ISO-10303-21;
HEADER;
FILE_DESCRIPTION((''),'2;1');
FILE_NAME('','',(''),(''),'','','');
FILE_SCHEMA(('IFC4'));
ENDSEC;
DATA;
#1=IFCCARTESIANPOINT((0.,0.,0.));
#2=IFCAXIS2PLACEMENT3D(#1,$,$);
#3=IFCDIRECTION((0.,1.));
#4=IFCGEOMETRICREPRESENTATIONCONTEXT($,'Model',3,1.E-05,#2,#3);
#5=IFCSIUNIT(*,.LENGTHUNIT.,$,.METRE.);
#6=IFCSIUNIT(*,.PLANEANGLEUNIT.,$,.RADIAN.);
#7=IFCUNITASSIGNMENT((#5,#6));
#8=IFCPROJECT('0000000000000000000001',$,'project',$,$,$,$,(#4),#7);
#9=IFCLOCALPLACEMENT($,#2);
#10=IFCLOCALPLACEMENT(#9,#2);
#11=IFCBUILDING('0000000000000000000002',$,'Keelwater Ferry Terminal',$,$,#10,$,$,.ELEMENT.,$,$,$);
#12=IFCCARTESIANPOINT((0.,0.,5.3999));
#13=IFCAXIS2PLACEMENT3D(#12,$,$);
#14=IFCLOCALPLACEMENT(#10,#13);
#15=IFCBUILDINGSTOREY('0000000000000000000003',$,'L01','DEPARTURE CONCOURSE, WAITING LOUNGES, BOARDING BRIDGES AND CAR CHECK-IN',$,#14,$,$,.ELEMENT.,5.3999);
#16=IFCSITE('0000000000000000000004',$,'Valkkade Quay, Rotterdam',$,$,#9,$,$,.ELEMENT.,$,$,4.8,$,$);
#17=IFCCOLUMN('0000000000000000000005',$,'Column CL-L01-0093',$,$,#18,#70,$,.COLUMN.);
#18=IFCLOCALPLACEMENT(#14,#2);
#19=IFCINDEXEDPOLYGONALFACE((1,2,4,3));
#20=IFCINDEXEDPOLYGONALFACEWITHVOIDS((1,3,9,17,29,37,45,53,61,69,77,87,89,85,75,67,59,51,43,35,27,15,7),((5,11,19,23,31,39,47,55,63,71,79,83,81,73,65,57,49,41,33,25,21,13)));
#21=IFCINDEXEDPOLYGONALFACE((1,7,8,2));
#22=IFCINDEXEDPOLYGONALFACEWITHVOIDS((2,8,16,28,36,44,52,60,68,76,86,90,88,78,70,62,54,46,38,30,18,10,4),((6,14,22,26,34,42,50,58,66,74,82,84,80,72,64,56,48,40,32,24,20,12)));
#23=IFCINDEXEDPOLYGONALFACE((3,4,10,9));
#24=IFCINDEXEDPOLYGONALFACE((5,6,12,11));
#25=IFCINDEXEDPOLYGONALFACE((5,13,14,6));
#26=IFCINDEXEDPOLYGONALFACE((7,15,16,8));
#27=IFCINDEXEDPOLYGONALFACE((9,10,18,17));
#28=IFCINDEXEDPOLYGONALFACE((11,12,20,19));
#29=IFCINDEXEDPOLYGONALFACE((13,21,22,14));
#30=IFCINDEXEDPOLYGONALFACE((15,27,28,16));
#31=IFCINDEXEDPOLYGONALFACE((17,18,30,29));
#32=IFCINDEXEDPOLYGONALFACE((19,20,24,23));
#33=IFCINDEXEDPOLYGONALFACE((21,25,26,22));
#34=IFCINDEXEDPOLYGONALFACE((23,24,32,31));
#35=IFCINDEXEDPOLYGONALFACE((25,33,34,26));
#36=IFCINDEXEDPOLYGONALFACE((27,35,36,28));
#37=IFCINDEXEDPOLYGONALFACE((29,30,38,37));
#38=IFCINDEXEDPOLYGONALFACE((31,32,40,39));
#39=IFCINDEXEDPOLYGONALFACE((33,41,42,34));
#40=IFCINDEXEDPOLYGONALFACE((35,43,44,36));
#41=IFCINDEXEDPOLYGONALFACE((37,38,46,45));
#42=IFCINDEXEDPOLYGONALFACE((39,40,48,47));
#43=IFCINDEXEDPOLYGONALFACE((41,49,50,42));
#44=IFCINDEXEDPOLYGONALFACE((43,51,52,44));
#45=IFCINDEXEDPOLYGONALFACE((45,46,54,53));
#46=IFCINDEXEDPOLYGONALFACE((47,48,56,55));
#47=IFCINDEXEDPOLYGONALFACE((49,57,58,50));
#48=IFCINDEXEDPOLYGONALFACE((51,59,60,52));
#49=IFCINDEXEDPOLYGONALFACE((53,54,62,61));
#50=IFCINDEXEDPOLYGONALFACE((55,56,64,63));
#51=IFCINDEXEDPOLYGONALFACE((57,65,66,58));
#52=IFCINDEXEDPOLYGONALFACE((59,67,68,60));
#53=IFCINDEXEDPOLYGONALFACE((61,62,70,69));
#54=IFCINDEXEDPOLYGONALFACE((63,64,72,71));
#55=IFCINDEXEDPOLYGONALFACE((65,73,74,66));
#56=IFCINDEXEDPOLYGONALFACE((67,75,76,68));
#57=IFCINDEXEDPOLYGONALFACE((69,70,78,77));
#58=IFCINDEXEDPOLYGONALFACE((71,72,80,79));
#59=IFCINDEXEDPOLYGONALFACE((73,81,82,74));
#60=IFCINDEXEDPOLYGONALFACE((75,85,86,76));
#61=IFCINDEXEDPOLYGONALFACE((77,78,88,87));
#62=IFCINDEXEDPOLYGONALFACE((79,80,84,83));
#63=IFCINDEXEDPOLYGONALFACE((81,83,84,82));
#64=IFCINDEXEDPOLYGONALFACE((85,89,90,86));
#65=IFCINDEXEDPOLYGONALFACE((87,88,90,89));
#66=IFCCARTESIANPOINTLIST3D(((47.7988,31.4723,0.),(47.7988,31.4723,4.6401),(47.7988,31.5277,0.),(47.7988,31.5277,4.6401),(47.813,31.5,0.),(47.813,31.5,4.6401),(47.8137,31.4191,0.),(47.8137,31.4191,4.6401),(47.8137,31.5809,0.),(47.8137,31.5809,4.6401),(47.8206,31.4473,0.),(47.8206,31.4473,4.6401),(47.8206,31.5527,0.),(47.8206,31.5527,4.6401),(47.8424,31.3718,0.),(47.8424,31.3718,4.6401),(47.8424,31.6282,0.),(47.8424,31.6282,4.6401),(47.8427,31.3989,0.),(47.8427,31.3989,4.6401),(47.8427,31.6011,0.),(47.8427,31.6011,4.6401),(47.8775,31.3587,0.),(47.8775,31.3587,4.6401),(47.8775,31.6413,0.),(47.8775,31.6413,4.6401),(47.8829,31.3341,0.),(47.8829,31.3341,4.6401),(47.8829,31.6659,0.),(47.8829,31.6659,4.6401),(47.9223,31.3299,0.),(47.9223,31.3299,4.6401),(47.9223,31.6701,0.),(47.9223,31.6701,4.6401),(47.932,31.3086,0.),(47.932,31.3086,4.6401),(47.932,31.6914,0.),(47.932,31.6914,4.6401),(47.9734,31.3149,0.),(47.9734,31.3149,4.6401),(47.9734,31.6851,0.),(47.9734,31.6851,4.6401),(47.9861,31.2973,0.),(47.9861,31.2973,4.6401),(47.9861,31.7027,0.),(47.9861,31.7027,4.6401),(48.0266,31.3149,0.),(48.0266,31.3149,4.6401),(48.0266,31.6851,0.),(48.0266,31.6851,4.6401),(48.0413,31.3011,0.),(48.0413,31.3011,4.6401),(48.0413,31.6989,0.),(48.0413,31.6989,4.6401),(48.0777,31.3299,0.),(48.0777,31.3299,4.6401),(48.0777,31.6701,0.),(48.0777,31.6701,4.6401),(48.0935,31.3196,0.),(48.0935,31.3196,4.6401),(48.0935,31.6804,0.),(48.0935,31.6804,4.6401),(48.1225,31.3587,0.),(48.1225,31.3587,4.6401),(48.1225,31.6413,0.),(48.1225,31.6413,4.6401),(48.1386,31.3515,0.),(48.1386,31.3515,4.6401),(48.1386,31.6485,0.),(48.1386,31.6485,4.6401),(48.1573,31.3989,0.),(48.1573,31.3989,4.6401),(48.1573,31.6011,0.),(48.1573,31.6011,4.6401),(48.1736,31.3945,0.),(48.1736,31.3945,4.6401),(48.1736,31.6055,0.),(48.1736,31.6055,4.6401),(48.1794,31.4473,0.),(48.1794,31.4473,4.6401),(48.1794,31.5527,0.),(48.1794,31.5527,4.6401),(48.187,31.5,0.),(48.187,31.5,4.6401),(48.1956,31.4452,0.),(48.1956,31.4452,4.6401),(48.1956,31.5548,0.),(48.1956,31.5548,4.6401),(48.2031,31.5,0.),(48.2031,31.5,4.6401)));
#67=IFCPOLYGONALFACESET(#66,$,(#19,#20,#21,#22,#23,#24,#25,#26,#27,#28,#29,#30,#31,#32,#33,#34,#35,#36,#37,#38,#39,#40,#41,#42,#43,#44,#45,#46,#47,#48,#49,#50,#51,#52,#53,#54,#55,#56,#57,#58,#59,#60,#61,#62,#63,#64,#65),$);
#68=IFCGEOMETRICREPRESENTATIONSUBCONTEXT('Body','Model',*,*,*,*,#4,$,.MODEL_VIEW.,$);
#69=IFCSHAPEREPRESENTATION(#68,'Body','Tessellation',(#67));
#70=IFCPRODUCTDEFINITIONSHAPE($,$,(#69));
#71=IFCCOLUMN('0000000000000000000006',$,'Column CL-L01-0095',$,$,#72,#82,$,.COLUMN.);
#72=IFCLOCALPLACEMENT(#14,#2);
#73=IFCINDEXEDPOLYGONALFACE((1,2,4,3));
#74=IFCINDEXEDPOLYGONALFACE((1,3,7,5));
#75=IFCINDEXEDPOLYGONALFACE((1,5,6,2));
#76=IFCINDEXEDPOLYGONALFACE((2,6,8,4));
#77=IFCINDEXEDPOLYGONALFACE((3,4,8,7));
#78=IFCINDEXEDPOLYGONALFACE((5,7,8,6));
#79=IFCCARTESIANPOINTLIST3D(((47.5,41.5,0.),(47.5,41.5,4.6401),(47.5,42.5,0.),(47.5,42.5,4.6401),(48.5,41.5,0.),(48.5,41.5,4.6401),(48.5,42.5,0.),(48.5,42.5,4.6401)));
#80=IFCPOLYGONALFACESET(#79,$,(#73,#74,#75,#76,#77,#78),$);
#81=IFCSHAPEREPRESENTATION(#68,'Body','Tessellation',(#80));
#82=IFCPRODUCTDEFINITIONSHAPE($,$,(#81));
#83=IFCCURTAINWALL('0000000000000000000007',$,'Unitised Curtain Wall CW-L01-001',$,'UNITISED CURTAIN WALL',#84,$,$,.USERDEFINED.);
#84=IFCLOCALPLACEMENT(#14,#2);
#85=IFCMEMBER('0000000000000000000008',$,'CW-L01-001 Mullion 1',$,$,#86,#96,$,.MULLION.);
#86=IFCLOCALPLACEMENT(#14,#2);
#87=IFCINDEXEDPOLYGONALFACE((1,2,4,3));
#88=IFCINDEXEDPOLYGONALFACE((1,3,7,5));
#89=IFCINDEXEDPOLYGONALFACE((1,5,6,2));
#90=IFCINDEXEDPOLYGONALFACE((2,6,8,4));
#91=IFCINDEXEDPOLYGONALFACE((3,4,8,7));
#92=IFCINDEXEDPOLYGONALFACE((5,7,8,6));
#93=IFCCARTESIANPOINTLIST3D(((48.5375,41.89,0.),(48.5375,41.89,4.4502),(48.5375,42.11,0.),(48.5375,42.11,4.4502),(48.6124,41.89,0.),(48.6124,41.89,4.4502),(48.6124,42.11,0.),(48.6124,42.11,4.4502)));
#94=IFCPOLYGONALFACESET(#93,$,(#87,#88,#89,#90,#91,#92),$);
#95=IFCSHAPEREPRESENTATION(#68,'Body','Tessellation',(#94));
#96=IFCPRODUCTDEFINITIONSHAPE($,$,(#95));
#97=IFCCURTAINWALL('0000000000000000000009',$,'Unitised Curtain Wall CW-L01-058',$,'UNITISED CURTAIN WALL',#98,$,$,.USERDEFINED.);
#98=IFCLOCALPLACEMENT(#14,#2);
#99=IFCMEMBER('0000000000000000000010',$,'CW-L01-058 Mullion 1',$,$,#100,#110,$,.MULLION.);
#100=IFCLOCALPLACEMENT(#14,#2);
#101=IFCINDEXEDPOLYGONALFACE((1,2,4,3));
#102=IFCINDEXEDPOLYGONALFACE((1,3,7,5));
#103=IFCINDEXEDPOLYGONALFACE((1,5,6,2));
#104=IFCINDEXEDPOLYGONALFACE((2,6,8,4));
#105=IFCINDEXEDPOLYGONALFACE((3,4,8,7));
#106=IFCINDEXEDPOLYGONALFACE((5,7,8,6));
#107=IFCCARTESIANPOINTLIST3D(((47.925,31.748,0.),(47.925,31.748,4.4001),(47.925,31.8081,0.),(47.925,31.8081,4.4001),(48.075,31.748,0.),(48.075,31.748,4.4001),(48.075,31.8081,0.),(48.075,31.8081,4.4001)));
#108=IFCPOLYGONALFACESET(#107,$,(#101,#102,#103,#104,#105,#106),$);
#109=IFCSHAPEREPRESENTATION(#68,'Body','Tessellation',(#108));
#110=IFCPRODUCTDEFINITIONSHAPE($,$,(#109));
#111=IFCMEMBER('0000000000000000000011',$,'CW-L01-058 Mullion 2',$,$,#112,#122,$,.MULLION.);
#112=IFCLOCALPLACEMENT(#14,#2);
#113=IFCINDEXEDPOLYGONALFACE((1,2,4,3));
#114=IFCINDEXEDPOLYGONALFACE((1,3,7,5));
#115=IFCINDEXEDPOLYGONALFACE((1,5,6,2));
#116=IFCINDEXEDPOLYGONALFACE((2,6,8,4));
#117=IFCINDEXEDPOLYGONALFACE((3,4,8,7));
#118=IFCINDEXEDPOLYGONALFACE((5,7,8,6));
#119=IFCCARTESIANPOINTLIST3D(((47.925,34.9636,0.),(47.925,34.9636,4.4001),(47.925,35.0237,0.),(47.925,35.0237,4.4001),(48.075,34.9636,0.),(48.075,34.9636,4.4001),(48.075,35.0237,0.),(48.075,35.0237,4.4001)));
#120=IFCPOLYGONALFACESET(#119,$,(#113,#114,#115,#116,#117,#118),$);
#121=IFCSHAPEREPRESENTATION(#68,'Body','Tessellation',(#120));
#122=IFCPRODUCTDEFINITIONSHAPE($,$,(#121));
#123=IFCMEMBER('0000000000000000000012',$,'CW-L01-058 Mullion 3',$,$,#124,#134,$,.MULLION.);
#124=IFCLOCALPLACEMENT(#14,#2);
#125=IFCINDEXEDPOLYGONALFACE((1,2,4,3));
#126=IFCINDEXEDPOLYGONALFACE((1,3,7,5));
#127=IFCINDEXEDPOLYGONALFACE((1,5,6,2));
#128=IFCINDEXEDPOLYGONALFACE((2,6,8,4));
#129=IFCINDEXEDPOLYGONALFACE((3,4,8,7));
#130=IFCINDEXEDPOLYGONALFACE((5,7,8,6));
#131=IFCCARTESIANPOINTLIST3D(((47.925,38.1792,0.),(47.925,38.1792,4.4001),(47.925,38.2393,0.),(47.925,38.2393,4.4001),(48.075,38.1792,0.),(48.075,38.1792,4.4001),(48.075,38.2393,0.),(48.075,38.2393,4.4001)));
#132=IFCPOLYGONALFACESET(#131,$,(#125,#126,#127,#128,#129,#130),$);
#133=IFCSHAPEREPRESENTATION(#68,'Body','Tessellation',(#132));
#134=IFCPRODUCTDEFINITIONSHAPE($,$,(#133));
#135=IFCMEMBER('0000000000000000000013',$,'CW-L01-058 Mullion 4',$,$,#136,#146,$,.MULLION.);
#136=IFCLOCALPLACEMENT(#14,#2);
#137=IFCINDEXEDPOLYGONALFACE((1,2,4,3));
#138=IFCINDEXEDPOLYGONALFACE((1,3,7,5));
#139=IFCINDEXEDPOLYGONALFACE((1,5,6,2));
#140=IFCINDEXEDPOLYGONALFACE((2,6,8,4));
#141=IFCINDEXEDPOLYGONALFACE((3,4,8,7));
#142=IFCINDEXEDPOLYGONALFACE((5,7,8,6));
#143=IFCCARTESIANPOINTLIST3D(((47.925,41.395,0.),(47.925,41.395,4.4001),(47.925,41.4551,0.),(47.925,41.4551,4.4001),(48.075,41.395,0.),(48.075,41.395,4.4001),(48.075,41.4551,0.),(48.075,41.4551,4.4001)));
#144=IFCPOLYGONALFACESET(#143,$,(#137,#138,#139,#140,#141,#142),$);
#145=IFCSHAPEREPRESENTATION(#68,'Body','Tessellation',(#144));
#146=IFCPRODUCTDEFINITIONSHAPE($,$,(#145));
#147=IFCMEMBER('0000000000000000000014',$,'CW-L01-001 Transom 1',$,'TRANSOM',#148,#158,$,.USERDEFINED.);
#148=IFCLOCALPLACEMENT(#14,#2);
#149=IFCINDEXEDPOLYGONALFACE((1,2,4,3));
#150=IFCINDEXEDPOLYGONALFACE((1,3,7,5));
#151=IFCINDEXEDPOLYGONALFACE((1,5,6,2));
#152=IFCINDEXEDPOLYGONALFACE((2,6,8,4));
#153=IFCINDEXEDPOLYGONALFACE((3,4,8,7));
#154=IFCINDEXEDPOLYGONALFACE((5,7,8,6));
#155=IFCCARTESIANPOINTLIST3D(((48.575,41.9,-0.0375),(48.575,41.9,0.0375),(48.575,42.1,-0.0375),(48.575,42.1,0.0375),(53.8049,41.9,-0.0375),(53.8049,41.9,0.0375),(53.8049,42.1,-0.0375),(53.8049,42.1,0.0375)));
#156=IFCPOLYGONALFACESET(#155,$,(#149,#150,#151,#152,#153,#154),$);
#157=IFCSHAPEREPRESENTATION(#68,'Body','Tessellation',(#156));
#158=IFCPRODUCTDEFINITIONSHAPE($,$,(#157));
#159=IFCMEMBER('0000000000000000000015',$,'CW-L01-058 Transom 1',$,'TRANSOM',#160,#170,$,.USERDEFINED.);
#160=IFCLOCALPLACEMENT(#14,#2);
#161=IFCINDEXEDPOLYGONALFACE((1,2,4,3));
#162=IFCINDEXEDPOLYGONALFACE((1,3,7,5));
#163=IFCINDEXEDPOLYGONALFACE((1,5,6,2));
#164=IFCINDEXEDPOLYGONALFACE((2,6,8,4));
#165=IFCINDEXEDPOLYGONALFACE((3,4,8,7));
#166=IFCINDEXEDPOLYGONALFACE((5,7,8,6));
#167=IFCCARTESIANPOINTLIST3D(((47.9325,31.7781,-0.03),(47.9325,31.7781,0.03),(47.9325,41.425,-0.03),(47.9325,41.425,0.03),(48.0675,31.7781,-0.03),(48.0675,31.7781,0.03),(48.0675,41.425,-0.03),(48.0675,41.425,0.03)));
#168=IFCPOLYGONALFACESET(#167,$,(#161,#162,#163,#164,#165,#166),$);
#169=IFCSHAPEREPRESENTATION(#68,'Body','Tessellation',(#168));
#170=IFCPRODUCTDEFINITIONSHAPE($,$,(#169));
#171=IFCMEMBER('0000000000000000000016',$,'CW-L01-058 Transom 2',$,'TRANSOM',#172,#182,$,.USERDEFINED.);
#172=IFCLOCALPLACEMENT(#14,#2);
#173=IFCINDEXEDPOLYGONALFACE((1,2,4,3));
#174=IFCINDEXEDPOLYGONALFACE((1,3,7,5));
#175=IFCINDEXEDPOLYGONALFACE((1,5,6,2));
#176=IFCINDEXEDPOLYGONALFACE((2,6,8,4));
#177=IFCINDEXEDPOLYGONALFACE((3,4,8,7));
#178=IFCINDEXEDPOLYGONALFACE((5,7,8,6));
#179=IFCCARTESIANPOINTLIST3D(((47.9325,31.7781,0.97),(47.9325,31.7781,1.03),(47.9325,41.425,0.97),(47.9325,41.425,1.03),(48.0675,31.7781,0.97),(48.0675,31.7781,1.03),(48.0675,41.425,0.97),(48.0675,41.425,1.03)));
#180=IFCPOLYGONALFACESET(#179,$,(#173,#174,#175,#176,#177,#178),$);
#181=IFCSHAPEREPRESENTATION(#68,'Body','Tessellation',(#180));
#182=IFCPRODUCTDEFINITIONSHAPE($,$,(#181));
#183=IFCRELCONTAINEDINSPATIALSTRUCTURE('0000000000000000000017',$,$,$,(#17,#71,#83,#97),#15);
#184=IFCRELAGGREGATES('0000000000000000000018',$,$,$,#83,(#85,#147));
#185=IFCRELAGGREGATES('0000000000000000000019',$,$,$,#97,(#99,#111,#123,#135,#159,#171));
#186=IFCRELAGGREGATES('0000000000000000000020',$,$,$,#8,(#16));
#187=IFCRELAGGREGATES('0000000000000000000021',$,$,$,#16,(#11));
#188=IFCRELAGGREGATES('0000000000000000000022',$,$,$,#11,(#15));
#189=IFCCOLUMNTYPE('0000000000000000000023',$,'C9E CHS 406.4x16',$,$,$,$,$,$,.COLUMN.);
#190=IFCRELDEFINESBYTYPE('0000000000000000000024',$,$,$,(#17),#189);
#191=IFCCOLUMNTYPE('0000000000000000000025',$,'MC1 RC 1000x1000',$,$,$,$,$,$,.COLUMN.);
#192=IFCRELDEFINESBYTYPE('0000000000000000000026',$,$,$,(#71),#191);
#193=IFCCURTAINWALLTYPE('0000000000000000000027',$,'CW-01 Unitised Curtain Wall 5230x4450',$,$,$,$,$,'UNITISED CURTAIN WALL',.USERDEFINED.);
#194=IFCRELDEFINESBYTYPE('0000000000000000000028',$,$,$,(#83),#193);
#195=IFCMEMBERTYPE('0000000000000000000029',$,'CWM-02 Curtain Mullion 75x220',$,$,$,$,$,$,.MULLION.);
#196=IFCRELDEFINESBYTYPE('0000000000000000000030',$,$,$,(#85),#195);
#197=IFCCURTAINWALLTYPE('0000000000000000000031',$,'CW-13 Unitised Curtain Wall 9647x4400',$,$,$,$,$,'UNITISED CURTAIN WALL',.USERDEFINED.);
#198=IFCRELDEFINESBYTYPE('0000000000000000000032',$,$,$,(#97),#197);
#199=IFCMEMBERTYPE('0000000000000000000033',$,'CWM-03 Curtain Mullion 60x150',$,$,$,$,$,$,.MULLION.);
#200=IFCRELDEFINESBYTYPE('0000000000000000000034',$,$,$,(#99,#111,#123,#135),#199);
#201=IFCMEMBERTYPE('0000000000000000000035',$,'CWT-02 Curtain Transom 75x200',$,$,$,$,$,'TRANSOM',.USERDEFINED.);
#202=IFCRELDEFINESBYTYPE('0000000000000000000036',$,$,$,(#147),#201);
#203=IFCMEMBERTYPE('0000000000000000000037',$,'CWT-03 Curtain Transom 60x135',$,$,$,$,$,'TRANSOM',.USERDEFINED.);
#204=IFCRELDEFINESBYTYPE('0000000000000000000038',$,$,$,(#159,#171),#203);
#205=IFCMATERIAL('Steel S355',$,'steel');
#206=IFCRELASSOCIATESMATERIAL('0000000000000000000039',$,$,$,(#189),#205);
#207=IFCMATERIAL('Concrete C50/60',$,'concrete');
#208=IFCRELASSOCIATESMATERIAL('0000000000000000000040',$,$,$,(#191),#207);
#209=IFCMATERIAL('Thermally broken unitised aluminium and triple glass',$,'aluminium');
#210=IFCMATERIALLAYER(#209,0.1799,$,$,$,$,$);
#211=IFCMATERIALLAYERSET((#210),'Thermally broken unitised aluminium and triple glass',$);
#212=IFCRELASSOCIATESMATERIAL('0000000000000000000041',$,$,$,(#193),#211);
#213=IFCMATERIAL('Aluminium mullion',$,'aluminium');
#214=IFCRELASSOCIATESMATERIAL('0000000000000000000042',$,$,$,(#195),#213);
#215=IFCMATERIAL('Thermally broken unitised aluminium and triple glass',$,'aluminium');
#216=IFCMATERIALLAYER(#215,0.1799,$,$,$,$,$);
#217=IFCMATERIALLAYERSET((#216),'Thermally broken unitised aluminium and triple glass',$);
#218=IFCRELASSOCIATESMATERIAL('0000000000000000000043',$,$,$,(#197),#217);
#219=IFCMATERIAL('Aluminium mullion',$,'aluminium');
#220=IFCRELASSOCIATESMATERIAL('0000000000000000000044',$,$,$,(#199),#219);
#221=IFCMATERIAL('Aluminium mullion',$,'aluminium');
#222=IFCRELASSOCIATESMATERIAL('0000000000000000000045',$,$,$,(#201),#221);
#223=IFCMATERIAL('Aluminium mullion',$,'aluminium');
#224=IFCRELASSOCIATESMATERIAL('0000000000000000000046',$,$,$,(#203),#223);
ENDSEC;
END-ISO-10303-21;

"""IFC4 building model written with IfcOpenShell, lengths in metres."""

from ifc_helpers import new_model, si_unit, direction, frame, origin, origin_2d, place, context, subcontext, project, spatial, rectangle, hollow_circle, extrude, material, layer, layer_set, material_profile, profile_set, type_object, element, aggregate, save


model = new_model("IFC4")

# Units and contexts
model_context = context("Model", 3, precision=1e-05, world=origin(), true_north=direction((0.0, 1.0)))
body_context = subcontext(model_context, "Body", "Model", "MODEL_VIEW")
ifc_project = project(units=[si_unit("LENGTHUNIT", "METRE"), si_unit("PLANEANGLEUNIT", "RADIAN")], contexts=[model_context])

# Site, building, storey
site_placement = place(None, origin())
site = spatial("IfcSite", under=ifc_project, at=site_placement, Name="Valkkade Quay, Rotterdam", CompositionType="ELEMENT", RefElevation=4.8)
building_placement = place(site_placement, origin())
building = spatial("IfcBuilding", under=site, at=building_placement, Name="Keelwater Ferry Terminal", CompositionType="ELEMENT")
storey_placement = place(building_placement, frame((0.0, 0.0, 5.3999)))
storey = spatial("IfcBuildingStorey", under=building, at=storey_placement, Name="L01", Description="DEPARTURE CONCOURSE, WAITING LOUNGES, BOARDING BRIDGES AND CAR CHECK-IN", CompositionType="ELEMENT", Elevation=5.3999)

# Columns
ifc_material_1 = material(Name="Steel S355", Category="steel")
ifc_material_profile_1 = material_profile(ifc_material_1, hollow_circle(Radius=0.2031, WallThickness=0.0161, at=origin_2d()), Name="CHS 406.4x16")
ifc_profile_set_1 = profile_set([ifc_material_profile_1], Name="Steel S355")
column_type_1 = type_object("IfcColumnType", Name="C9E CHS 406.4x16", PredefinedType="COLUMN", material=ifc_profile_set_1)
column_1_placement = place(storey_placement, frame((48.0, 31.5, 0.0), z_axis=(0.0, 0.0, 1.0), x_axis=(1.0, 0.0, 0.0)))
element("IfcColumn", 1, at=column_1_placement, inside=storey, type_object=column_type_1, Name="Column CL-L01-0093", PredefinedType="COLUMN", context=body_context, shape_type="SweptSolid", body=[
    extrude(hollow_circle(Radius=0.2031, WallThickness=0.0161, at=origin_2d()), origin(), (0.0, 0.0, 1.0), 4.6401),
])
ifc_material_2 = material(Name="Concrete C50/60", Category="concrete")
ifc_material_profile_2 = material_profile(ifc_material_2, rectangle(XDim=1.0, YDim=1.0, at=origin_2d()), Name="RC 1000x1000")
ifc_profile_set_2 = profile_set([ifc_material_profile_2], Name="Concrete C50/60")
column_type_2 = type_object("IfcColumnType", Name="MC1 RC 1000x1000", PredefinedType="COLUMN", material=ifc_profile_set_2)
column_2_placement = place(storey_placement, frame((48.0, 42.0, 0.0), z_axis=(0.0, 0.0, 1.0), x_axis=(1.0, 0.0, 0.0)))
element("IfcColumn", 2, at=column_2_placement, inside=storey, type_object=column_type_2, Name="Column CL-L01-0095", PredefinedType="COLUMN", context=body_context, shape_type="SweptSolid", body=[
    extrude(rectangle(XDim=1.0, YDim=1.0, at=origin_2d()), origin(), (0.0, 0.0, 1.0), 4.6401),
])

# Curtain wall, member
ifc_material_3 = material(Name="Thermally broken unitised aluminium and triple glass", Category="aluminium")
ifc_layer_1 = layer(ifc_material_3, 0.1799)
ifc_layer_set_1 = layer_set([ifc_layer_1], Name="Thermally broken unitised aluminium and triple glass")
curtain_wall_type_1 = type_object("IfcCurtainWallType", Name="CW-01 Unitised Curtain Wall 5230x4450", ElementType="UNITISED CURTAIN WALL", PredefinedType="USERDEFINED", material=ifc_layer_set_1)
curtain_wall_1_placement = place(storey_placement, origin())
curtain_wall_1 = element("IfcCurtainWall", 3, at=curtain_wall_1_placement, inside=storey, type_object=curtain_wall_type_1, Name="Unitised Curtain Wall CW-L01-001", ObjectType="UNITISED CURTAIN WALL", PredefinedType="USERDEFINED")
ifc_material_4 = material(Name="Aluminium mullion", Category="aluminium")
ifc_material_profile_3 = material_profile(ifc_material_4, rectangle(XDim=0.075, YDim=0.22, at=origin_2d()), Name="CWM-02")
ifc_profile_set_3 = profile_set([ifc_material_profile_3], Name="Aluminium mullion")
member_type_1 = type_object("IfcMemberType", Name="CWM-02 Curtain Mullion 75x220", PredefinedType="MULLION", material=ifc_profile_set_3)
member_1_placement = place(storey_placement, frame((48.575, 42.0, 0.0), z_axis=(0.0, 0.0, 1.0), x_axis=(1.0, 0.0, 0.0)))
member_1 = element("IfcMember", 4, at=member_1_placement, type_object=member_type_1, Name="CW-L01-001 Mullion 1", PredefinedType="MULLION", context=body_context, shape_type="SweptSolid", body=[
    extrude(rectangle(XDim=0.075, YDim=0.22, at=origin_2d()), origin(), (0.0, 0.0, 1.0), 4.4502),
])

# Curtain wall, members
ifc_material_5 = material(Name="Thermally broken unitised aluminium and triple glass", Category="aluminium")
ifc_layer_2 = layer(ifc_material_5, 0.1799)
ifc_layer_set_2 = layer_set([ifc_layer_2], Name="Thermally broken unitised aluminium and triple glass")
curtain_wall_type_2 = type_object("IfcCurtainWallType", Name="CW-13 Unitised Curtain Wall 9647x4400", ElementType="UNITISED CURTAIN WALL", PredefinedType="USERDEFINED", material=ifc_layer_set_2)
curtain_wall_2_placement = place(storey_placement, origin())
curtain_wall_2 = element("IfcCurtainWall", 5, at=curtain_wall_2_placement, inside=storey, type_object=curtain_wall_type_2, Name="Unitised Curtain Wall CW-L01-058", ObjectType="UNITISED CURTAIN WALL", PredefinedType="USERDEFINED")
ifc_material_6 = material(Name="Aluminium mullion", Category="aluminium")
ifc_material_profile_4 = material_profile(ifc_material_6, rectangle(XDim=0.0601, YDim=0.1499, at=origin_2d()), Name="CWM-03")
ifc_profile_set_4 = profile_set([ifc_material_profile_4], Name="Aluminium mullion")
member_type_2 = type_object("IfcMemberType", Name="CWM-03 Curtain Mullion 60x150", PredefinedType="MULLION", material=ifc_profile_set_4)
member_2_placement = place(storey_placement, frame((48.0, 31.7781, 0.0), z_axis=(0.0, 0.0, 1.0), x_axis=(0.0, 1.0, 0.0)))
member_2 = element("IfcMember", 6, at=member_2_placement, type_object=member_type_2, Name="CW-L01-058 Mullion 1", PredefinedType="MULLION", context=body_context, shape_type="SweptSolid", body=[
    extrude(rectangle(XDim=0.0601, YDim=0.1499, at=origin_2d()), origin(), (0.0, 0.0, 1.0), 4.4001),
])
member_3_placement = place(storey_placement, frame((48.0, 34.9937, 0.0), z_axis=(0.0, 0.0, 1.0), x_axis=(0.0, 1.0, 0.0)))
member_3 = element("IfcMember", 7, at=member_3_placement, type_object=member_type_2, Name="CW-L01-058 Mullion 2", PredefinedType="MULLION", context=body_context, shape_type="SweptSolid", body=[
    extrude(rectangle(XDim=0.0601, YDim=0.1499, at=origin_2d()), origin(), (0.0, 0.0, 1.0), 4.4001),
])
member_4_placement = place(storey_placement, frame((48.0, 38.2092, 0.0), z_axis=(0.0, 0.0, 1.0), x_axis=(0.0, 1.0, 0.0)))
member_4 = element("IfcMember", 8, at=member_4_placement, type_object=member_type_2, Name="CW-L01-058 Mullion 3", PredefinedType="MULLION", context=body_context, shape_type="SweptSolid", body=[
    extrude(rectangle(XDim=0.0601, YDim=0.1499, at=origin_2d()), origin(), (0.0, 0.0, 1.0), 4.4001),
])
member_5_placement = place(storey_placement, frame((48.0, 41.425, 0.0), z_axis=(0.0, 0.0, 1.0), x_axis=(0.0, 1.0, 0.0)))
member_5 = element("IfcMember", 9, at=member_5_placement, type_object=member_type_2, Name="CW-L01-058 Mullion 4", PredefinedType="MULLION", context=body_context, shape_type="SweptSolid", body=[
    extrude(rectangle(XDim=0.0601, YDim=0.1499, at=origin_2d()), origin(), (0.0, 0.0, 1.0), 4.4001),
])

# Members
ifc_material_7 = material(Name="Aluminium mullion", Category="aluminium")
ifc_material_profile_5 = material_profile(ifc_material_7, rectangle(XDim=0.2, YDim=0.075, at=origin_2d()), Name="CWT-02")
ifc_profile_set_5 = profile_set([ifc_material_profile_5], Name="Aluminium mullion")
member_type_3 = type_object("IfcMemberType", Name="CWT-02 Curtain Transom 75x200", ElementType="TRANSOM", PredefinedType="USERDEFINED", material=ifc_profile_set_5)
member_6_placement = place(storey_placement, frame((48.575, 42.0, 0.0), z_axis=(1.0, 0.0, 0.0), x_axis=(0.0, 1.0, 0.0)))
member_6 = element("IfcMember", 10, at=member_6_placement, type_object=member_type_3, Name="CW-L01-001 Transom 1", ObjectType="TRANSOM", PredefinedType="USERDEFINED", context=body_context, shape_type="SweptSolid", body=[
    extrude(rectangle(XDim=0.2, YDim=0.075, at=origin_2d()), origin(), (0.0, 0.0, 1.0), 5.23),
])
aggregate(curtain_wall_1, [member_1, member_6])
ifc_material_8 = material(Name="Aluminium mullion", Category="aluminium")
ifc_material_profile_6 = material_profile(ifc_material_8, rectangle(XDim=0.135, YDim=0.0601, at=origin_2d()), Name="CWT-03")
ifc_profile_set_6 = profile_set([ifc_material_profile_6], Name="Aluminium mullion")
member_type_4 = type_object("IfcMemberType", Name="CWT-03 Curtain Transom 60x135", ElementType="TRANSOM", PredefinedType="USERDEFINED", material=ifc_profile_set_6)
member_7_placement = place(storey_placement, frame((48.0, 31.7781, 0.0), z_axis=(0.0, 1.0, 0.0), x_axis=(-1.0, 0.0, 0.0)))
member_7 = element("IfcMember", 11, at=member_7_placement, type_object=member_type_4, Name="CW-L01-058 Transom 1", ObjectType="TRANSOM", PredefinedType="USERDEFINED", context=body_context, shape_type="SweptSolid", body=[
    extrude(rectangle(XDim=0.135, YDim=0.0601, at=origin_2d()), origin(), (0.0, 0.0, 1.0), 9.647),
])
member_8_placement = place(storey_placement, frame((48.0, 31.7781, 1.0), z_axis=(0.0, 1.0, 0.0), x_axis=(-1.0, 0.0, 0.0)))
member_8 = element("IfcMember", 12, at=member_8_placement, type_object=member_type_4, Name="CW-L01-058 Transom 2", ObjectType="TRANSOM", PredefinedType="USERDEFINED", context=body_context, shape_type="SweptSolid", body=[
    extrude(rectangle(XDim=0.135, YDim=0.0601, at=origin_2d()), origin(), (0.0, 0.0, 1.0), 9.647),
])

aggregate(curtain_wall_2, [member_2, member_3, member_4, member_5, member_7, member_8])

save(model, "model.ifc")
